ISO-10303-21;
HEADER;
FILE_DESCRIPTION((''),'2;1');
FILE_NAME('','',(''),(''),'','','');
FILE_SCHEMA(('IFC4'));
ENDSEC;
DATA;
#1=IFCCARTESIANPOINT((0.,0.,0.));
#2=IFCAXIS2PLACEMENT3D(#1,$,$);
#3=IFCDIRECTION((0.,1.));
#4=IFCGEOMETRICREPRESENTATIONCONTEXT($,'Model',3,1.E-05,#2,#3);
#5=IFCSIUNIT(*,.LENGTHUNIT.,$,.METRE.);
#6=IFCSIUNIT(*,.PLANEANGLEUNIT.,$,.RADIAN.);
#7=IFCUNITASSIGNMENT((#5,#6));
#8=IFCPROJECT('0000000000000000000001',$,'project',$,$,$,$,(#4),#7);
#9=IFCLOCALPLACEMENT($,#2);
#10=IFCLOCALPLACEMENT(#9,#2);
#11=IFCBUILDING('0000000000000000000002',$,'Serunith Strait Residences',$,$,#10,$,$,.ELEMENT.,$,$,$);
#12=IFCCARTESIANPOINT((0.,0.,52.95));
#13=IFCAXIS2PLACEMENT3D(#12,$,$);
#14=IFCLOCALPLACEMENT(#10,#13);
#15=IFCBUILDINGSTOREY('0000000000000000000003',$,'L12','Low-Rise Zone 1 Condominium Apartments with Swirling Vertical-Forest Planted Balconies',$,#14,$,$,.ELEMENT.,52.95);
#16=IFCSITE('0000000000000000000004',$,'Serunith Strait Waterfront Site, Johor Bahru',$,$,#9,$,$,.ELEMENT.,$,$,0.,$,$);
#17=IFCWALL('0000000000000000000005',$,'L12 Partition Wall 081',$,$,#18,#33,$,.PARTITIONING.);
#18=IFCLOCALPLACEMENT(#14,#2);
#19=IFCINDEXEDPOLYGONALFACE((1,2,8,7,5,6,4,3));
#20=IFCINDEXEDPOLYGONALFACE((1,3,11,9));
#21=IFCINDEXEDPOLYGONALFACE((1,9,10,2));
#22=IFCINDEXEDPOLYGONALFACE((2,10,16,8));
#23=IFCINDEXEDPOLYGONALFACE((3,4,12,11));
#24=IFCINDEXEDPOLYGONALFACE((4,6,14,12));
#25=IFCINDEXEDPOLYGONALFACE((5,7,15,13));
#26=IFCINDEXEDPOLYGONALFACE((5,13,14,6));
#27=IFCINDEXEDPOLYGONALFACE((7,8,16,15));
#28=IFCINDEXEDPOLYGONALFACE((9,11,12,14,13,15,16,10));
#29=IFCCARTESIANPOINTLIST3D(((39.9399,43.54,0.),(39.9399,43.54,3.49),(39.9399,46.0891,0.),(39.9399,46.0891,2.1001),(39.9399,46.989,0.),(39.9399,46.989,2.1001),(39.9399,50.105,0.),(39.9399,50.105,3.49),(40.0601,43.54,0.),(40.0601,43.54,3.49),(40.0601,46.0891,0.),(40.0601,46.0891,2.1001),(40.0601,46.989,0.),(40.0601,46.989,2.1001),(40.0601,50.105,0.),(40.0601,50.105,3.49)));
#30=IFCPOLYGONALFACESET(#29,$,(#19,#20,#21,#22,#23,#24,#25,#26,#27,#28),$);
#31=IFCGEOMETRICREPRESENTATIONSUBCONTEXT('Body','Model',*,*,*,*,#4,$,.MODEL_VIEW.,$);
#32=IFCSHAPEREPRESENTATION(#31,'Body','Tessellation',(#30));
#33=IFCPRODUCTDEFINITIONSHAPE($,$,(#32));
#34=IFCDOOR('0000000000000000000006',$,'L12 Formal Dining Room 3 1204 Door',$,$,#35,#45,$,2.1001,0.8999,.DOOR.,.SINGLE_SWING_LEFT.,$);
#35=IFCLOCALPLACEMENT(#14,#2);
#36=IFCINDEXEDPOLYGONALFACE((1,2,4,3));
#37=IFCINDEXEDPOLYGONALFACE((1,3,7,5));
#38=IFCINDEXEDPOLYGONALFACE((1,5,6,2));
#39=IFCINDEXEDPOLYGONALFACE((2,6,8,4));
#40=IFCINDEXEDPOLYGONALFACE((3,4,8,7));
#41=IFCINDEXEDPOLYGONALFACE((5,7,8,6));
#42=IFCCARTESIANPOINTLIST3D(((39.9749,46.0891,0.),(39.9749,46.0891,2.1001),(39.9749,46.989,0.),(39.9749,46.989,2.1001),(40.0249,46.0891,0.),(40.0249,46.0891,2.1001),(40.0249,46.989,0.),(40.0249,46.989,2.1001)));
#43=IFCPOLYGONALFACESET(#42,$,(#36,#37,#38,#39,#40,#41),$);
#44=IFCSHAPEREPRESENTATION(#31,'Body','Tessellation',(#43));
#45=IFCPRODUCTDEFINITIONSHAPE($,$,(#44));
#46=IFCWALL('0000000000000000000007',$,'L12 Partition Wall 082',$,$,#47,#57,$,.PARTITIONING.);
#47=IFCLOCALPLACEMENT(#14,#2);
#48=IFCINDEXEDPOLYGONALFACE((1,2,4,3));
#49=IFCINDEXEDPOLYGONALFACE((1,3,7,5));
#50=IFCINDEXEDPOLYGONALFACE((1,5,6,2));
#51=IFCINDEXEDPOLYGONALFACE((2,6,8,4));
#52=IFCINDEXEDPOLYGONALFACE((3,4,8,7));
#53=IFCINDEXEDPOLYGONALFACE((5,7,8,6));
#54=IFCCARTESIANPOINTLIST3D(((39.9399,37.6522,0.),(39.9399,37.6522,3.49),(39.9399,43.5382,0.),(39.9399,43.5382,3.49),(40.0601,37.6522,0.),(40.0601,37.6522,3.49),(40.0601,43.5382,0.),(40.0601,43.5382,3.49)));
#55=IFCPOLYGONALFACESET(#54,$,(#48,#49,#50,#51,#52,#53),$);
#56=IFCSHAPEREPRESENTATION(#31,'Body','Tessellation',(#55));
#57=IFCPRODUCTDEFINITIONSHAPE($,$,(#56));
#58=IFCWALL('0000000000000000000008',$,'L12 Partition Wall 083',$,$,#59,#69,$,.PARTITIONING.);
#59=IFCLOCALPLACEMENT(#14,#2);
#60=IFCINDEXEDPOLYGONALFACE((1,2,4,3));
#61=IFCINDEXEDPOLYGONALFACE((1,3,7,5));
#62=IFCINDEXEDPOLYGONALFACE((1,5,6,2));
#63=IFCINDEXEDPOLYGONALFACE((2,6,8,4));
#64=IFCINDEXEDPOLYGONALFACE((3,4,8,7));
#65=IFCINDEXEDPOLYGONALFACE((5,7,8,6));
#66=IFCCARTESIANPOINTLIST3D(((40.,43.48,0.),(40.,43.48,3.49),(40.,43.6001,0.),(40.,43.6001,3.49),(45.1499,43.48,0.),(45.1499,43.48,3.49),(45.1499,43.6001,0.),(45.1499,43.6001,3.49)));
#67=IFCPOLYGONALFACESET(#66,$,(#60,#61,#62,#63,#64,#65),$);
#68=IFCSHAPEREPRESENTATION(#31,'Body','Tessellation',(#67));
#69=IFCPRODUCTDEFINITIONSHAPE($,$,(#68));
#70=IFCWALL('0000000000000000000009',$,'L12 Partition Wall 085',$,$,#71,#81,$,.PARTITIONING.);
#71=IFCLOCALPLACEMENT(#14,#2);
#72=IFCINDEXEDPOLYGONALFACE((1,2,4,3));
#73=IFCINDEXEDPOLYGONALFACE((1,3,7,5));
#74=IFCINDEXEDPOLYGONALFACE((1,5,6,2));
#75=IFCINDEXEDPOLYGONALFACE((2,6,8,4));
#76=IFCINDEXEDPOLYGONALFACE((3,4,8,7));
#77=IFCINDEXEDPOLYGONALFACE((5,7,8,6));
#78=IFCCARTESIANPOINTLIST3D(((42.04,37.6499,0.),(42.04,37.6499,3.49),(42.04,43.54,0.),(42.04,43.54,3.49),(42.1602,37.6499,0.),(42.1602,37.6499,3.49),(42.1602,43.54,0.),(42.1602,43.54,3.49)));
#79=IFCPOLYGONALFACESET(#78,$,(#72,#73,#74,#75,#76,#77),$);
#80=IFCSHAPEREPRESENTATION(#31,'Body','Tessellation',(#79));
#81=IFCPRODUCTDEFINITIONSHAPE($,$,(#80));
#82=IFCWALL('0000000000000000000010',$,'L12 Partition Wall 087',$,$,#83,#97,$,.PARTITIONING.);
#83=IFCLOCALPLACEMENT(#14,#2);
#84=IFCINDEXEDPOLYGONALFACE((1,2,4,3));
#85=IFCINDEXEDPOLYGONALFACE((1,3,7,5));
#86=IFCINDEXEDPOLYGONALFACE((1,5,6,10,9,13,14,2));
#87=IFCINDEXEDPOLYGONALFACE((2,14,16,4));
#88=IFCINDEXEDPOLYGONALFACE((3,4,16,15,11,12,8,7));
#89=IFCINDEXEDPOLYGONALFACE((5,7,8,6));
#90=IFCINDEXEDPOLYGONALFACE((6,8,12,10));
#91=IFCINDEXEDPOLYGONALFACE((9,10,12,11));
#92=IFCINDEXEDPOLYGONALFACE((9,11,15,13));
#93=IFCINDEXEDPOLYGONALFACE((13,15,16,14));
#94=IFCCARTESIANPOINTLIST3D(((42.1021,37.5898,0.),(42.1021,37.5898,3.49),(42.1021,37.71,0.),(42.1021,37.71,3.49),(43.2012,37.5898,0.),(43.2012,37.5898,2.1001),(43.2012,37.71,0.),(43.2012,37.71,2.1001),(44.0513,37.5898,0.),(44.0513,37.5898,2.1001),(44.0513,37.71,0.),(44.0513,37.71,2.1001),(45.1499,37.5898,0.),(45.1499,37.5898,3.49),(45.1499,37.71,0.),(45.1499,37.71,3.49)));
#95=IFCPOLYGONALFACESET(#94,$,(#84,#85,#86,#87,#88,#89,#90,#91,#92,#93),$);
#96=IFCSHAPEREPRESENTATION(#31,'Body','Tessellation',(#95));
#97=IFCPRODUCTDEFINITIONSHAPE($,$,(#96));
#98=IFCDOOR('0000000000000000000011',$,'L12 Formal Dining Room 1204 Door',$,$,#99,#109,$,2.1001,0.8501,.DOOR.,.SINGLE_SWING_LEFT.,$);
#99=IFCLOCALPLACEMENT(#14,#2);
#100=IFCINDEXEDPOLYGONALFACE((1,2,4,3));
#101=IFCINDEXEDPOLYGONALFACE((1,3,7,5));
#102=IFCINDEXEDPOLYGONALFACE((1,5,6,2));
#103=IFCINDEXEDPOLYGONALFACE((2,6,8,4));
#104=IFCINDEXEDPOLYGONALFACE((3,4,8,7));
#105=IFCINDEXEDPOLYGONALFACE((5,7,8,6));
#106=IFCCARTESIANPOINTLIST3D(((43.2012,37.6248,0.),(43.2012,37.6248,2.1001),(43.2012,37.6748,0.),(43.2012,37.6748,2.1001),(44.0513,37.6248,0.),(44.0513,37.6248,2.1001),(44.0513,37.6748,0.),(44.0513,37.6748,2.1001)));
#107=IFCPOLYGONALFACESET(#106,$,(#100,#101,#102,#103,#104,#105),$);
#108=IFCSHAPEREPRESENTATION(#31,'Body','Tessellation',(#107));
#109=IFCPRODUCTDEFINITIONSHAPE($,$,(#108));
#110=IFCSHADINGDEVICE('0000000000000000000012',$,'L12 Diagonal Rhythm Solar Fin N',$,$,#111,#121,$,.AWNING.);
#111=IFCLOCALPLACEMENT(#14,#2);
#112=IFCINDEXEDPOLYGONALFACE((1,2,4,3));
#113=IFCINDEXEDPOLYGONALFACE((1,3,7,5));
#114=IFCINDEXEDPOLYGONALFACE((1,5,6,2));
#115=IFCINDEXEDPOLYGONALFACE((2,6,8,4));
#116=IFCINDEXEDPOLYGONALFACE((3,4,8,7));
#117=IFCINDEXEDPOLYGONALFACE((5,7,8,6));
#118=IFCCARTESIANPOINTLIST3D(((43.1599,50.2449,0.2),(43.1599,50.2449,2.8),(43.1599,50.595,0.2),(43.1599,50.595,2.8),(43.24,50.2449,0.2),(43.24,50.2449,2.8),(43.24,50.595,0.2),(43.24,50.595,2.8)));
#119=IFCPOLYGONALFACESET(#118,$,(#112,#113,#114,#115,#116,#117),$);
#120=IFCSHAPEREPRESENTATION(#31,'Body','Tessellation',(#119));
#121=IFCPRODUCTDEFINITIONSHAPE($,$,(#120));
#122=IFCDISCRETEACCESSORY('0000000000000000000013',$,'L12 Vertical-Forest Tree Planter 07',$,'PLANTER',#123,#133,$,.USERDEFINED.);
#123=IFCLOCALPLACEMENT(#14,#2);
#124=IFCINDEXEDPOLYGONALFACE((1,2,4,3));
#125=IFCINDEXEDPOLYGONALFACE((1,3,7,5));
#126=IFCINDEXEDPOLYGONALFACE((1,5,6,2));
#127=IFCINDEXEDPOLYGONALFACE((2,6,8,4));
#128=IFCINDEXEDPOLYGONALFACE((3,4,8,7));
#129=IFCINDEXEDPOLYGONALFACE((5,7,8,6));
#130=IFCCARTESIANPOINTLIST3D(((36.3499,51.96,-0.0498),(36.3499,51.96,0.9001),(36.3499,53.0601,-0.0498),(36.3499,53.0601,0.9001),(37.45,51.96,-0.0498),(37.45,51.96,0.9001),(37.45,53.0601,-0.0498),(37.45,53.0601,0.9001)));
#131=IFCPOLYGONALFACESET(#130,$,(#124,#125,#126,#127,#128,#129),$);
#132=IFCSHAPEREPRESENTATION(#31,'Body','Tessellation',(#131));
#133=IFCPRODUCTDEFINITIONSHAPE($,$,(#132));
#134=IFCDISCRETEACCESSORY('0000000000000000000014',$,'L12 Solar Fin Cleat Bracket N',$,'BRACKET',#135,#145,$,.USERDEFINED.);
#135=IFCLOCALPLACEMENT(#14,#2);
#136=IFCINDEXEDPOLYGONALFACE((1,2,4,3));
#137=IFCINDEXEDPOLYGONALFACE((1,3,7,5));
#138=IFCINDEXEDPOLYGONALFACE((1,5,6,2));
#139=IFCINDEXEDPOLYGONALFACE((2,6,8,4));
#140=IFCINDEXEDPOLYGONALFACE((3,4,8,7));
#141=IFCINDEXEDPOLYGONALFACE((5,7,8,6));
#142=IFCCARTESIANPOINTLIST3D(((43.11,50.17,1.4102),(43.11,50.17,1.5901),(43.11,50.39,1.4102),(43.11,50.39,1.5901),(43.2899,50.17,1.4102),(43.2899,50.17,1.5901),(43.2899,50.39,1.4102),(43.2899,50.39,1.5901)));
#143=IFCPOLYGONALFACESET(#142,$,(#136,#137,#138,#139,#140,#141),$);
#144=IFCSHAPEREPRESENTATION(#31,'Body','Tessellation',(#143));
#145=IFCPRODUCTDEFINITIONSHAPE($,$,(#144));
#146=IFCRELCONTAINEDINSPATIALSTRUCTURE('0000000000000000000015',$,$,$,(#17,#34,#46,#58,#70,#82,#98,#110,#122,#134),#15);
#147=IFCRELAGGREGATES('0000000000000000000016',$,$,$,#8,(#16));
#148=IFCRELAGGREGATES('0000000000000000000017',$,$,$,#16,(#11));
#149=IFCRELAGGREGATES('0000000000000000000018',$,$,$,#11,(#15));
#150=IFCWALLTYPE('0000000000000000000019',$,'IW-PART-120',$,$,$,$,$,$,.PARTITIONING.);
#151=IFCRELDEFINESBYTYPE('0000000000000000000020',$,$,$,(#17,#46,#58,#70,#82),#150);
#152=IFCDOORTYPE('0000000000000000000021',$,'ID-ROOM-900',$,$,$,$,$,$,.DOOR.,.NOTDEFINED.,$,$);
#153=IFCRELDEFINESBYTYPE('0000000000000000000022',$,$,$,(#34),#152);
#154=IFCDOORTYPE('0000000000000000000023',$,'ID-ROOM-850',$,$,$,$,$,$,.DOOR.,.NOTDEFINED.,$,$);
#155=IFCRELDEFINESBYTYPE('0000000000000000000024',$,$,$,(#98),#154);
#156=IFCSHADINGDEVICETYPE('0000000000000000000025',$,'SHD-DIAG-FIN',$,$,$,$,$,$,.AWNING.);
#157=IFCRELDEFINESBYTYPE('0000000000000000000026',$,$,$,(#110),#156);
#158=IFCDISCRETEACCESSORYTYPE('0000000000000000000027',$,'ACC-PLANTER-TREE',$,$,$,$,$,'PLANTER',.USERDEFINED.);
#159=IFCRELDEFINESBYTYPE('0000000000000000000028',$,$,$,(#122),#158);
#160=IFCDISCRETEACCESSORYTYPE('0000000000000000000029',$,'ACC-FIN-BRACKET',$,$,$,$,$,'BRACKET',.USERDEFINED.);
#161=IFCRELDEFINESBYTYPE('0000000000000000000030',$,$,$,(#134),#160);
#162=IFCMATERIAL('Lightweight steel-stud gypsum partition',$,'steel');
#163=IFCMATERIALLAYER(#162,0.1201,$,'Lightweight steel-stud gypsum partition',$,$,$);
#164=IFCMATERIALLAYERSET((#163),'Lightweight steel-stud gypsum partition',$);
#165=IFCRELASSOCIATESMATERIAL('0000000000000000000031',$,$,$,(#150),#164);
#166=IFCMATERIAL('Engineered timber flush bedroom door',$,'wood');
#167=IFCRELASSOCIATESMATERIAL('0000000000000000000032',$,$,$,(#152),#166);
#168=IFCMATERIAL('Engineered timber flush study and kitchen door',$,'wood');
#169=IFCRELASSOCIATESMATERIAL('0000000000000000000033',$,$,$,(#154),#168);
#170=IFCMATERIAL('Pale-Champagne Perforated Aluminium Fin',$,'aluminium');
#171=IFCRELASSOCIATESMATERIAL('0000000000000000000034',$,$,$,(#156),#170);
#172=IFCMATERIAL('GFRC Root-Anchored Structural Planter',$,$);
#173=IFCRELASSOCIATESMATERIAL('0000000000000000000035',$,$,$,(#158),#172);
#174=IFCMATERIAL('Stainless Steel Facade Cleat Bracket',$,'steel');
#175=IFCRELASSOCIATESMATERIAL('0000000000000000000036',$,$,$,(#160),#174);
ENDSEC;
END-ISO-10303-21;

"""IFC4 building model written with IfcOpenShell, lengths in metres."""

from ifc_helpers import new_model, si_unit, direction, frame, frame_2d, origin, origin_2d, place, context, subcontext, project, spatial, rectangle, extrude, source, transform, mapped, material, layer, layer_set, type_object, element, fill, save


model = new_model("IFC4")

# Units and contexts
model_context = context("Model", 3, precision=1e-05, world=origin(), true_north=direction((0.0, 1.0)))
body_context = subcontext(model_context, "Body", "Model", "MODEL_VIEW")
ifc_project = project(units=[si_unit("LENGTHUNIT", "METRE"), si_unit("PLANEANGLEUNIT", "RADIAN")], contexts=[model_context])

# Site, building, storey
site_placement = place(None, origin())
site = spatial("IfcSite", under=ifc_project, at=site_placement, Name="Serunith Strait Waterfront Site, Johor Bahru", CompositionType="ELEMENT", RefElevation=0.0)
building_placement = place(site_placement, origin())
building = spatial("IfcBuilding", under=site, at=building_placement, Name="Serunith Strait Residences", CompositionType="ELEMENT")
storey_placement = place(building_placement, frame((0.0, 0.0, 52.95)))
storey = spatial("IfcBuildingStorey", under=building, at=storey_placement, Name="L12", Description="Low-Rise Zone 1 Condominium Apartments with Swirling Vertical-Forest Planted Balconies", CompositionType="ELEMENT", Elevation=52.95)

# Shared definitions
ifc_material_1 = material(Name="Lightweight steel-stud gypsum partition", Category="steel")
ifc_layer_1 = layer(ifc_material_1, 0.1201, Name="Lightweight steel-stud gypsum partition")
ifc_layer_set_1 = layer_set([ifc_layer_1], Name="Lightweight steel-stud gypsum partition")
wall_type_1 = type_object("IfcWallType", Name="IW-PART-120", PredefinedType="PARTITIONING", material=ifc_layer_set_1)

# Shared definitions
ifc_material_2 = material(Name="Engineered timber flush bedroom door", Category="wood")
door_type_1 = type_object("IfcDoorType", Name="ID-ROOM-900", OperationType="NOTDEFINED", PredefinedType="DOOR", material=ifc_material_2)
shared_shape_1 = source(origin(), body_context, "Body", "SweptSolid", [
    extrude(rectangle(XDim=0.8999, YDim=2.1001, at=frame_2d((0.45, 1.05))), frame((0.0, 0.0249, 0.0), z_axis=(0.0, -1.0, 0.0), x_axis=(1.0, 0.0, 0.0)), (0.0, 0.0, 1.0), 0.05),
])

# Wall, opening, door
wall_1_placement = place(storey_placement, frame((40.0, 50.105, 0.0), z_axis=(0.0, 0.0, 1.0), x_axis=(0.0, -1.0, 0.0)))
wall_1 = element("IfcWall", 1, at=wall_1_placement, inside=storey, type_object=wall_type_1, Name="L12 Partition Wall 081", PredefinedType="PARTITIONING", context=body_context, shape_type="SweptSolid", body=[
    extrude(rectangle(XDim=6.5649, YDim=0.1201, at=frame_2d((3.2825, 0.0))), origin(), (0.0, 0.0, 1.0), 3.49),
])
opening_1_placement = place(wall_1_placement, frame((3.116, 0.0, 0.0)))
opening_1 = element("IfcOpeningElement", 2, at=opening_1_placement, cuts=wall_1, PredefinedType="OPENING", context=body_context, shape_type="SweptSolid", body=[
    extrude(rectangle(XDim=0.8999, YDim=2.1001, at=frame_2d((0.45, 1.05))), frame((0.0, 0.0701, 0.0), z_axis=(0.0, -1.0, 0.0), x_axis=(1.0, 0.0, 0.0)), (0.0, 0.0, 1.0), 0.1401),
])
door_1_placement = place(opening_1_placement, origin())
door_1 = element("IfcDoor", 3, at=door_1_placement, inside=storey, type_object=door_type_1, Name="L12 Formal Dining Room 3 1204 Door", OperationType="SINGLE_SWING_LEFT", OverallHeight=2.1001, OverallWidth=0.8999, PredefinedType="DOOR", context=body_context, shape_type="MappedRepresentation", body=[
    mapped(shared_shape_1, transform((0.0, 0.0, 0.0), scale=1.0)),
])
fill(opening_1, door_1)

# Walls
wall_2_placement = place(storey_placement, frame((40.0, 43.5381, 0.0), z_axis=(0.0, 0.0, 1.0), x_axis=(0.0, -1.0, 0.0)))
element("IfcWall", 4, at=wall_2_placement, inside=storey, type_object=wall_type_1, Name="L12 Partition Wall 082", PredefinedType="PARTITIONING", context=body_context, shape_type="SweptSolid", body=[
    extrude(rectangle(XDim=5.886, YDim=0.1201, at=frame_2d((2.9429, 0.0))), origin(), (0.0, 0.0, 1.0), 3.49),
])
wall_3_placement = place(storey_placement, frame((40.0, 43.54, 0.0), z_axis=(0.0, 0.0, 1.0), x_axis=(1.0, 0.0, 0.0)))
element("IfcWall", 5, at=wall_3_placement, inside=storey, type_object=wall_type_1, Name="L12 Partition Wall 083", PredefinedType="PARTITIONING", context=body_context, shape_type="SweptSolid", body=[
    extrude(rectangle(XDim=5.1499, YDim=0.1201, at=frame_2d((2.575, 0.0))), origin(), (0.0, 0.0, 1.0), 3.49),
])
wall_4_placement = place(storey_placement, frame((42.1001, 43.54, 0.0), z_axis=(0.0, 0.0, 1.0), x_axis=(0.0, -1.0, 0.0)))
element("IfcWall", 6, at=wall_4_placement, inside=storey, type_object=wall_type_1, Name="L12 Partition Wall 085", PredefinedType="PARTITIONING", context=body_context, shape_type="SweptSolid", body=[
    extrude(rectangle(XDim=5.8901, YDim=0.1201, at=frame_2d((2.9451, 0.0))), origin(), (0.0, 0.0, 1.0), 3.49),
])

# Wall, opening, door
wall_5_placement = place(storey_placement, frame((42.1021, 37.6499, 0.0), z_axis=(0.0, 0.0, 1.0), x_axis=(1.0, 0.0, 0.0)))
wall_5 = element("IfcWall", 7, at=wall_5_placement, inside=storey, type_object=wall_type_1, Name="L12 Partition Wall 087", PredefinedType="PARTITIONING", context=body_context, shape_type="SweptSolid", body=[
    extrude(rectangle(XDim=3.0479, YDim=0.1201, at=frame_2d((1.5239, 0.0))), origin(), (0.0, 0.0, 1.0), 3.49),
])
opening_2_placement = place(wall_5_placement, frame((1.0991, 0.0, 0.0)))
opening_2 = element("IfcOpeningElement", 8, at=opening_2_placement, cuts=wall_5, PredefinedType="OPENING", context=body_context, shape_type="SweptSolid", body=[
    extrude(rectangle(XDim=0.8501, YDim=2.1001, at=frame_2d((0.425, 1.05))), frame((0.0, 0.0701, 0.0), z_axis=(0.0, -1.0, 0.0), x_axis=(1.0, 0.0, 0.0)), (0.0, 0.0, 1.0), 0.1401),
])
ifc_material_3 = material(Name="Engineered timber flush study and kitchen door", Category="wood")
door_type_2 = type_object("IfcDoorType", Name="ID-ROOM-850", OperationType="NOTDEFINED", PredefinedType="DOOR", material=ifc_material_3)
shared_shape_2 = source(origin(), body_context, "Body", "SweptSolid", [
    extrude(rectangle(XDim=0.8501, YDim=2.1001, at=frame_2d((0.425, 1.05))), frame((0.0, 0.0249, 0.0), z_axis=(0.0, -1.0, 0.0), x_axis=(1.0, 0.0, 0.0)), (0.0, 0.0, 1.0), 0.05),
])
door_2_placement = place(opening_2_placement, origin())
door_2 = element("IfcDoor", 9, at=door_2_placement, inside=storey, type_object=door_type_2, Name="L12 Formal Dining Room 1204 Door", OperationType="SINGLE_SWING_LEFT", OverallHeight=2.1001, OverallWidth=0.8501, PredefinedType="DOOR", context=body_context, shape_type="MappedRepresentation", body=[
    mapped(shared_shape_2, transform((0.0, 0.0, 0.0), scale=1.0)),
])
fill(opening_2, door_2)

# Shading device
ifc_material_4 = material(Name="Pale-Champagne Perforated Aluminium Fin", Category="aluminium")
shading_device_type = type_object("IfcShadingDeviceType", Name="SHD-DIAG-FIN", PredefinedType="AWNING", material=ifc_material_4)
shared_shape_3 = source(origin(), body_context, "Body", "SweptSolid", [
    extrude(rectangle(XDim=0.0801, YDim=0.3501, at=origin_2d()), origin(), (0.0, 0.0, 1.0), 2.6001),
])
shading_device_placement = place(storey_placement, frame((43.2, 50.4199, 0.2), z_axis=(0.0, 0.0, 1.0), x_axis=(1.0, 0.0, 0.0)))
element("IfcShadingDevice", 10, at=shading_device_placement, inside=storey, type_object=shading_device_type, Name="L12 Diagonal Rhythm Solar Fin N", PredefinedType="AWNING", context=body_context, shape_type="MappedRepresentation", body=[
    mapped(shared_shape_3, transform((0.0, 0.0, 0.0), scale=1.0)),
])

# Discrete accessories
ifc_material_5 = material(Name="GFRC Root-Anchored Structural Planter")
discrete_accessory_type_1 = type_object("IfcDiscreteAccessoryType", Name="ACC-PLANTER-TREE", ElementType="PLANTER", PredefinedType="USERDEFINED", material=ifc_material_5)
shared_shape_4 = source(origin(), body_context, "Body", "SweptSolid", [
    extrude(rectangle(XDim=1.1001, YDim=1.1001, at=origin_2d()), origin(), (0.0, 0.0, 1.0), 0.95),
])
discrete_accessory_1_placement = place(storey_placement, frame((36.8999, 52.51, -0.0498), z_axis=(0.0, 0.0, 1.0), x_axis=(-1.0, 0.0, 0.0)))
element("IfcDiscreteAccessory", 11, at=discrete_accessory_1_placement, inside=storey, type_object=discrete_accessory_type_1, Name="L12 Vertical-Forest Tree Planter 07", ObjectType="PLANTER", PredefinedType="USERDEFINED", context=body_context, shape_type="MappedRepresentation", body=[
    mapped(shared_shape_4, transform((0.0, 0.0, 0.0), scale=1.0)),
])
ifc_material_6 = material(Name="Stainless Steel Facade Cleat Bracket", Category="steel")
discrete_accessory_type_2 = type_object("IfcDiscreteAccessoryType", Name="ACC-FIN-BRACKET", ElementType="BRACKET", PredefinedType="USERDEFINED", material=ifc_material_6)
shared_shape_5 = source(origin(), body_context, "Body", "SweptSolid", [
    extrude(rectangle(XDim=0.1799, YDim=0.22, at=origin_2d()), origin(), (0.0, 0.0, 1.0), 0.1799),
])
discrete_accessory_2_placement = place(storey_placement, frame((43.2, 50.28, 1.4102), z_axis=(0.0, 0.0, 1.0), x_axis=(1.0, 0.0, 0.0)))
element("IfcDiscreteAccessory", 12, at=discrete_accessory_2_placement, inside=storey, type_object=discrete_accessory_type_2, Name="L12 Solar Fin Cleat Bracket N", ObjectType="BRACKET", PredefinedType="USERDEFINED", context=body_context, shape_type="MappedRepresentation", body=[
    mapped(shared_shape_5, transform((0.0, 0.0, 0.0), scale=1.0)),
])

save(model, "model.ifc")
